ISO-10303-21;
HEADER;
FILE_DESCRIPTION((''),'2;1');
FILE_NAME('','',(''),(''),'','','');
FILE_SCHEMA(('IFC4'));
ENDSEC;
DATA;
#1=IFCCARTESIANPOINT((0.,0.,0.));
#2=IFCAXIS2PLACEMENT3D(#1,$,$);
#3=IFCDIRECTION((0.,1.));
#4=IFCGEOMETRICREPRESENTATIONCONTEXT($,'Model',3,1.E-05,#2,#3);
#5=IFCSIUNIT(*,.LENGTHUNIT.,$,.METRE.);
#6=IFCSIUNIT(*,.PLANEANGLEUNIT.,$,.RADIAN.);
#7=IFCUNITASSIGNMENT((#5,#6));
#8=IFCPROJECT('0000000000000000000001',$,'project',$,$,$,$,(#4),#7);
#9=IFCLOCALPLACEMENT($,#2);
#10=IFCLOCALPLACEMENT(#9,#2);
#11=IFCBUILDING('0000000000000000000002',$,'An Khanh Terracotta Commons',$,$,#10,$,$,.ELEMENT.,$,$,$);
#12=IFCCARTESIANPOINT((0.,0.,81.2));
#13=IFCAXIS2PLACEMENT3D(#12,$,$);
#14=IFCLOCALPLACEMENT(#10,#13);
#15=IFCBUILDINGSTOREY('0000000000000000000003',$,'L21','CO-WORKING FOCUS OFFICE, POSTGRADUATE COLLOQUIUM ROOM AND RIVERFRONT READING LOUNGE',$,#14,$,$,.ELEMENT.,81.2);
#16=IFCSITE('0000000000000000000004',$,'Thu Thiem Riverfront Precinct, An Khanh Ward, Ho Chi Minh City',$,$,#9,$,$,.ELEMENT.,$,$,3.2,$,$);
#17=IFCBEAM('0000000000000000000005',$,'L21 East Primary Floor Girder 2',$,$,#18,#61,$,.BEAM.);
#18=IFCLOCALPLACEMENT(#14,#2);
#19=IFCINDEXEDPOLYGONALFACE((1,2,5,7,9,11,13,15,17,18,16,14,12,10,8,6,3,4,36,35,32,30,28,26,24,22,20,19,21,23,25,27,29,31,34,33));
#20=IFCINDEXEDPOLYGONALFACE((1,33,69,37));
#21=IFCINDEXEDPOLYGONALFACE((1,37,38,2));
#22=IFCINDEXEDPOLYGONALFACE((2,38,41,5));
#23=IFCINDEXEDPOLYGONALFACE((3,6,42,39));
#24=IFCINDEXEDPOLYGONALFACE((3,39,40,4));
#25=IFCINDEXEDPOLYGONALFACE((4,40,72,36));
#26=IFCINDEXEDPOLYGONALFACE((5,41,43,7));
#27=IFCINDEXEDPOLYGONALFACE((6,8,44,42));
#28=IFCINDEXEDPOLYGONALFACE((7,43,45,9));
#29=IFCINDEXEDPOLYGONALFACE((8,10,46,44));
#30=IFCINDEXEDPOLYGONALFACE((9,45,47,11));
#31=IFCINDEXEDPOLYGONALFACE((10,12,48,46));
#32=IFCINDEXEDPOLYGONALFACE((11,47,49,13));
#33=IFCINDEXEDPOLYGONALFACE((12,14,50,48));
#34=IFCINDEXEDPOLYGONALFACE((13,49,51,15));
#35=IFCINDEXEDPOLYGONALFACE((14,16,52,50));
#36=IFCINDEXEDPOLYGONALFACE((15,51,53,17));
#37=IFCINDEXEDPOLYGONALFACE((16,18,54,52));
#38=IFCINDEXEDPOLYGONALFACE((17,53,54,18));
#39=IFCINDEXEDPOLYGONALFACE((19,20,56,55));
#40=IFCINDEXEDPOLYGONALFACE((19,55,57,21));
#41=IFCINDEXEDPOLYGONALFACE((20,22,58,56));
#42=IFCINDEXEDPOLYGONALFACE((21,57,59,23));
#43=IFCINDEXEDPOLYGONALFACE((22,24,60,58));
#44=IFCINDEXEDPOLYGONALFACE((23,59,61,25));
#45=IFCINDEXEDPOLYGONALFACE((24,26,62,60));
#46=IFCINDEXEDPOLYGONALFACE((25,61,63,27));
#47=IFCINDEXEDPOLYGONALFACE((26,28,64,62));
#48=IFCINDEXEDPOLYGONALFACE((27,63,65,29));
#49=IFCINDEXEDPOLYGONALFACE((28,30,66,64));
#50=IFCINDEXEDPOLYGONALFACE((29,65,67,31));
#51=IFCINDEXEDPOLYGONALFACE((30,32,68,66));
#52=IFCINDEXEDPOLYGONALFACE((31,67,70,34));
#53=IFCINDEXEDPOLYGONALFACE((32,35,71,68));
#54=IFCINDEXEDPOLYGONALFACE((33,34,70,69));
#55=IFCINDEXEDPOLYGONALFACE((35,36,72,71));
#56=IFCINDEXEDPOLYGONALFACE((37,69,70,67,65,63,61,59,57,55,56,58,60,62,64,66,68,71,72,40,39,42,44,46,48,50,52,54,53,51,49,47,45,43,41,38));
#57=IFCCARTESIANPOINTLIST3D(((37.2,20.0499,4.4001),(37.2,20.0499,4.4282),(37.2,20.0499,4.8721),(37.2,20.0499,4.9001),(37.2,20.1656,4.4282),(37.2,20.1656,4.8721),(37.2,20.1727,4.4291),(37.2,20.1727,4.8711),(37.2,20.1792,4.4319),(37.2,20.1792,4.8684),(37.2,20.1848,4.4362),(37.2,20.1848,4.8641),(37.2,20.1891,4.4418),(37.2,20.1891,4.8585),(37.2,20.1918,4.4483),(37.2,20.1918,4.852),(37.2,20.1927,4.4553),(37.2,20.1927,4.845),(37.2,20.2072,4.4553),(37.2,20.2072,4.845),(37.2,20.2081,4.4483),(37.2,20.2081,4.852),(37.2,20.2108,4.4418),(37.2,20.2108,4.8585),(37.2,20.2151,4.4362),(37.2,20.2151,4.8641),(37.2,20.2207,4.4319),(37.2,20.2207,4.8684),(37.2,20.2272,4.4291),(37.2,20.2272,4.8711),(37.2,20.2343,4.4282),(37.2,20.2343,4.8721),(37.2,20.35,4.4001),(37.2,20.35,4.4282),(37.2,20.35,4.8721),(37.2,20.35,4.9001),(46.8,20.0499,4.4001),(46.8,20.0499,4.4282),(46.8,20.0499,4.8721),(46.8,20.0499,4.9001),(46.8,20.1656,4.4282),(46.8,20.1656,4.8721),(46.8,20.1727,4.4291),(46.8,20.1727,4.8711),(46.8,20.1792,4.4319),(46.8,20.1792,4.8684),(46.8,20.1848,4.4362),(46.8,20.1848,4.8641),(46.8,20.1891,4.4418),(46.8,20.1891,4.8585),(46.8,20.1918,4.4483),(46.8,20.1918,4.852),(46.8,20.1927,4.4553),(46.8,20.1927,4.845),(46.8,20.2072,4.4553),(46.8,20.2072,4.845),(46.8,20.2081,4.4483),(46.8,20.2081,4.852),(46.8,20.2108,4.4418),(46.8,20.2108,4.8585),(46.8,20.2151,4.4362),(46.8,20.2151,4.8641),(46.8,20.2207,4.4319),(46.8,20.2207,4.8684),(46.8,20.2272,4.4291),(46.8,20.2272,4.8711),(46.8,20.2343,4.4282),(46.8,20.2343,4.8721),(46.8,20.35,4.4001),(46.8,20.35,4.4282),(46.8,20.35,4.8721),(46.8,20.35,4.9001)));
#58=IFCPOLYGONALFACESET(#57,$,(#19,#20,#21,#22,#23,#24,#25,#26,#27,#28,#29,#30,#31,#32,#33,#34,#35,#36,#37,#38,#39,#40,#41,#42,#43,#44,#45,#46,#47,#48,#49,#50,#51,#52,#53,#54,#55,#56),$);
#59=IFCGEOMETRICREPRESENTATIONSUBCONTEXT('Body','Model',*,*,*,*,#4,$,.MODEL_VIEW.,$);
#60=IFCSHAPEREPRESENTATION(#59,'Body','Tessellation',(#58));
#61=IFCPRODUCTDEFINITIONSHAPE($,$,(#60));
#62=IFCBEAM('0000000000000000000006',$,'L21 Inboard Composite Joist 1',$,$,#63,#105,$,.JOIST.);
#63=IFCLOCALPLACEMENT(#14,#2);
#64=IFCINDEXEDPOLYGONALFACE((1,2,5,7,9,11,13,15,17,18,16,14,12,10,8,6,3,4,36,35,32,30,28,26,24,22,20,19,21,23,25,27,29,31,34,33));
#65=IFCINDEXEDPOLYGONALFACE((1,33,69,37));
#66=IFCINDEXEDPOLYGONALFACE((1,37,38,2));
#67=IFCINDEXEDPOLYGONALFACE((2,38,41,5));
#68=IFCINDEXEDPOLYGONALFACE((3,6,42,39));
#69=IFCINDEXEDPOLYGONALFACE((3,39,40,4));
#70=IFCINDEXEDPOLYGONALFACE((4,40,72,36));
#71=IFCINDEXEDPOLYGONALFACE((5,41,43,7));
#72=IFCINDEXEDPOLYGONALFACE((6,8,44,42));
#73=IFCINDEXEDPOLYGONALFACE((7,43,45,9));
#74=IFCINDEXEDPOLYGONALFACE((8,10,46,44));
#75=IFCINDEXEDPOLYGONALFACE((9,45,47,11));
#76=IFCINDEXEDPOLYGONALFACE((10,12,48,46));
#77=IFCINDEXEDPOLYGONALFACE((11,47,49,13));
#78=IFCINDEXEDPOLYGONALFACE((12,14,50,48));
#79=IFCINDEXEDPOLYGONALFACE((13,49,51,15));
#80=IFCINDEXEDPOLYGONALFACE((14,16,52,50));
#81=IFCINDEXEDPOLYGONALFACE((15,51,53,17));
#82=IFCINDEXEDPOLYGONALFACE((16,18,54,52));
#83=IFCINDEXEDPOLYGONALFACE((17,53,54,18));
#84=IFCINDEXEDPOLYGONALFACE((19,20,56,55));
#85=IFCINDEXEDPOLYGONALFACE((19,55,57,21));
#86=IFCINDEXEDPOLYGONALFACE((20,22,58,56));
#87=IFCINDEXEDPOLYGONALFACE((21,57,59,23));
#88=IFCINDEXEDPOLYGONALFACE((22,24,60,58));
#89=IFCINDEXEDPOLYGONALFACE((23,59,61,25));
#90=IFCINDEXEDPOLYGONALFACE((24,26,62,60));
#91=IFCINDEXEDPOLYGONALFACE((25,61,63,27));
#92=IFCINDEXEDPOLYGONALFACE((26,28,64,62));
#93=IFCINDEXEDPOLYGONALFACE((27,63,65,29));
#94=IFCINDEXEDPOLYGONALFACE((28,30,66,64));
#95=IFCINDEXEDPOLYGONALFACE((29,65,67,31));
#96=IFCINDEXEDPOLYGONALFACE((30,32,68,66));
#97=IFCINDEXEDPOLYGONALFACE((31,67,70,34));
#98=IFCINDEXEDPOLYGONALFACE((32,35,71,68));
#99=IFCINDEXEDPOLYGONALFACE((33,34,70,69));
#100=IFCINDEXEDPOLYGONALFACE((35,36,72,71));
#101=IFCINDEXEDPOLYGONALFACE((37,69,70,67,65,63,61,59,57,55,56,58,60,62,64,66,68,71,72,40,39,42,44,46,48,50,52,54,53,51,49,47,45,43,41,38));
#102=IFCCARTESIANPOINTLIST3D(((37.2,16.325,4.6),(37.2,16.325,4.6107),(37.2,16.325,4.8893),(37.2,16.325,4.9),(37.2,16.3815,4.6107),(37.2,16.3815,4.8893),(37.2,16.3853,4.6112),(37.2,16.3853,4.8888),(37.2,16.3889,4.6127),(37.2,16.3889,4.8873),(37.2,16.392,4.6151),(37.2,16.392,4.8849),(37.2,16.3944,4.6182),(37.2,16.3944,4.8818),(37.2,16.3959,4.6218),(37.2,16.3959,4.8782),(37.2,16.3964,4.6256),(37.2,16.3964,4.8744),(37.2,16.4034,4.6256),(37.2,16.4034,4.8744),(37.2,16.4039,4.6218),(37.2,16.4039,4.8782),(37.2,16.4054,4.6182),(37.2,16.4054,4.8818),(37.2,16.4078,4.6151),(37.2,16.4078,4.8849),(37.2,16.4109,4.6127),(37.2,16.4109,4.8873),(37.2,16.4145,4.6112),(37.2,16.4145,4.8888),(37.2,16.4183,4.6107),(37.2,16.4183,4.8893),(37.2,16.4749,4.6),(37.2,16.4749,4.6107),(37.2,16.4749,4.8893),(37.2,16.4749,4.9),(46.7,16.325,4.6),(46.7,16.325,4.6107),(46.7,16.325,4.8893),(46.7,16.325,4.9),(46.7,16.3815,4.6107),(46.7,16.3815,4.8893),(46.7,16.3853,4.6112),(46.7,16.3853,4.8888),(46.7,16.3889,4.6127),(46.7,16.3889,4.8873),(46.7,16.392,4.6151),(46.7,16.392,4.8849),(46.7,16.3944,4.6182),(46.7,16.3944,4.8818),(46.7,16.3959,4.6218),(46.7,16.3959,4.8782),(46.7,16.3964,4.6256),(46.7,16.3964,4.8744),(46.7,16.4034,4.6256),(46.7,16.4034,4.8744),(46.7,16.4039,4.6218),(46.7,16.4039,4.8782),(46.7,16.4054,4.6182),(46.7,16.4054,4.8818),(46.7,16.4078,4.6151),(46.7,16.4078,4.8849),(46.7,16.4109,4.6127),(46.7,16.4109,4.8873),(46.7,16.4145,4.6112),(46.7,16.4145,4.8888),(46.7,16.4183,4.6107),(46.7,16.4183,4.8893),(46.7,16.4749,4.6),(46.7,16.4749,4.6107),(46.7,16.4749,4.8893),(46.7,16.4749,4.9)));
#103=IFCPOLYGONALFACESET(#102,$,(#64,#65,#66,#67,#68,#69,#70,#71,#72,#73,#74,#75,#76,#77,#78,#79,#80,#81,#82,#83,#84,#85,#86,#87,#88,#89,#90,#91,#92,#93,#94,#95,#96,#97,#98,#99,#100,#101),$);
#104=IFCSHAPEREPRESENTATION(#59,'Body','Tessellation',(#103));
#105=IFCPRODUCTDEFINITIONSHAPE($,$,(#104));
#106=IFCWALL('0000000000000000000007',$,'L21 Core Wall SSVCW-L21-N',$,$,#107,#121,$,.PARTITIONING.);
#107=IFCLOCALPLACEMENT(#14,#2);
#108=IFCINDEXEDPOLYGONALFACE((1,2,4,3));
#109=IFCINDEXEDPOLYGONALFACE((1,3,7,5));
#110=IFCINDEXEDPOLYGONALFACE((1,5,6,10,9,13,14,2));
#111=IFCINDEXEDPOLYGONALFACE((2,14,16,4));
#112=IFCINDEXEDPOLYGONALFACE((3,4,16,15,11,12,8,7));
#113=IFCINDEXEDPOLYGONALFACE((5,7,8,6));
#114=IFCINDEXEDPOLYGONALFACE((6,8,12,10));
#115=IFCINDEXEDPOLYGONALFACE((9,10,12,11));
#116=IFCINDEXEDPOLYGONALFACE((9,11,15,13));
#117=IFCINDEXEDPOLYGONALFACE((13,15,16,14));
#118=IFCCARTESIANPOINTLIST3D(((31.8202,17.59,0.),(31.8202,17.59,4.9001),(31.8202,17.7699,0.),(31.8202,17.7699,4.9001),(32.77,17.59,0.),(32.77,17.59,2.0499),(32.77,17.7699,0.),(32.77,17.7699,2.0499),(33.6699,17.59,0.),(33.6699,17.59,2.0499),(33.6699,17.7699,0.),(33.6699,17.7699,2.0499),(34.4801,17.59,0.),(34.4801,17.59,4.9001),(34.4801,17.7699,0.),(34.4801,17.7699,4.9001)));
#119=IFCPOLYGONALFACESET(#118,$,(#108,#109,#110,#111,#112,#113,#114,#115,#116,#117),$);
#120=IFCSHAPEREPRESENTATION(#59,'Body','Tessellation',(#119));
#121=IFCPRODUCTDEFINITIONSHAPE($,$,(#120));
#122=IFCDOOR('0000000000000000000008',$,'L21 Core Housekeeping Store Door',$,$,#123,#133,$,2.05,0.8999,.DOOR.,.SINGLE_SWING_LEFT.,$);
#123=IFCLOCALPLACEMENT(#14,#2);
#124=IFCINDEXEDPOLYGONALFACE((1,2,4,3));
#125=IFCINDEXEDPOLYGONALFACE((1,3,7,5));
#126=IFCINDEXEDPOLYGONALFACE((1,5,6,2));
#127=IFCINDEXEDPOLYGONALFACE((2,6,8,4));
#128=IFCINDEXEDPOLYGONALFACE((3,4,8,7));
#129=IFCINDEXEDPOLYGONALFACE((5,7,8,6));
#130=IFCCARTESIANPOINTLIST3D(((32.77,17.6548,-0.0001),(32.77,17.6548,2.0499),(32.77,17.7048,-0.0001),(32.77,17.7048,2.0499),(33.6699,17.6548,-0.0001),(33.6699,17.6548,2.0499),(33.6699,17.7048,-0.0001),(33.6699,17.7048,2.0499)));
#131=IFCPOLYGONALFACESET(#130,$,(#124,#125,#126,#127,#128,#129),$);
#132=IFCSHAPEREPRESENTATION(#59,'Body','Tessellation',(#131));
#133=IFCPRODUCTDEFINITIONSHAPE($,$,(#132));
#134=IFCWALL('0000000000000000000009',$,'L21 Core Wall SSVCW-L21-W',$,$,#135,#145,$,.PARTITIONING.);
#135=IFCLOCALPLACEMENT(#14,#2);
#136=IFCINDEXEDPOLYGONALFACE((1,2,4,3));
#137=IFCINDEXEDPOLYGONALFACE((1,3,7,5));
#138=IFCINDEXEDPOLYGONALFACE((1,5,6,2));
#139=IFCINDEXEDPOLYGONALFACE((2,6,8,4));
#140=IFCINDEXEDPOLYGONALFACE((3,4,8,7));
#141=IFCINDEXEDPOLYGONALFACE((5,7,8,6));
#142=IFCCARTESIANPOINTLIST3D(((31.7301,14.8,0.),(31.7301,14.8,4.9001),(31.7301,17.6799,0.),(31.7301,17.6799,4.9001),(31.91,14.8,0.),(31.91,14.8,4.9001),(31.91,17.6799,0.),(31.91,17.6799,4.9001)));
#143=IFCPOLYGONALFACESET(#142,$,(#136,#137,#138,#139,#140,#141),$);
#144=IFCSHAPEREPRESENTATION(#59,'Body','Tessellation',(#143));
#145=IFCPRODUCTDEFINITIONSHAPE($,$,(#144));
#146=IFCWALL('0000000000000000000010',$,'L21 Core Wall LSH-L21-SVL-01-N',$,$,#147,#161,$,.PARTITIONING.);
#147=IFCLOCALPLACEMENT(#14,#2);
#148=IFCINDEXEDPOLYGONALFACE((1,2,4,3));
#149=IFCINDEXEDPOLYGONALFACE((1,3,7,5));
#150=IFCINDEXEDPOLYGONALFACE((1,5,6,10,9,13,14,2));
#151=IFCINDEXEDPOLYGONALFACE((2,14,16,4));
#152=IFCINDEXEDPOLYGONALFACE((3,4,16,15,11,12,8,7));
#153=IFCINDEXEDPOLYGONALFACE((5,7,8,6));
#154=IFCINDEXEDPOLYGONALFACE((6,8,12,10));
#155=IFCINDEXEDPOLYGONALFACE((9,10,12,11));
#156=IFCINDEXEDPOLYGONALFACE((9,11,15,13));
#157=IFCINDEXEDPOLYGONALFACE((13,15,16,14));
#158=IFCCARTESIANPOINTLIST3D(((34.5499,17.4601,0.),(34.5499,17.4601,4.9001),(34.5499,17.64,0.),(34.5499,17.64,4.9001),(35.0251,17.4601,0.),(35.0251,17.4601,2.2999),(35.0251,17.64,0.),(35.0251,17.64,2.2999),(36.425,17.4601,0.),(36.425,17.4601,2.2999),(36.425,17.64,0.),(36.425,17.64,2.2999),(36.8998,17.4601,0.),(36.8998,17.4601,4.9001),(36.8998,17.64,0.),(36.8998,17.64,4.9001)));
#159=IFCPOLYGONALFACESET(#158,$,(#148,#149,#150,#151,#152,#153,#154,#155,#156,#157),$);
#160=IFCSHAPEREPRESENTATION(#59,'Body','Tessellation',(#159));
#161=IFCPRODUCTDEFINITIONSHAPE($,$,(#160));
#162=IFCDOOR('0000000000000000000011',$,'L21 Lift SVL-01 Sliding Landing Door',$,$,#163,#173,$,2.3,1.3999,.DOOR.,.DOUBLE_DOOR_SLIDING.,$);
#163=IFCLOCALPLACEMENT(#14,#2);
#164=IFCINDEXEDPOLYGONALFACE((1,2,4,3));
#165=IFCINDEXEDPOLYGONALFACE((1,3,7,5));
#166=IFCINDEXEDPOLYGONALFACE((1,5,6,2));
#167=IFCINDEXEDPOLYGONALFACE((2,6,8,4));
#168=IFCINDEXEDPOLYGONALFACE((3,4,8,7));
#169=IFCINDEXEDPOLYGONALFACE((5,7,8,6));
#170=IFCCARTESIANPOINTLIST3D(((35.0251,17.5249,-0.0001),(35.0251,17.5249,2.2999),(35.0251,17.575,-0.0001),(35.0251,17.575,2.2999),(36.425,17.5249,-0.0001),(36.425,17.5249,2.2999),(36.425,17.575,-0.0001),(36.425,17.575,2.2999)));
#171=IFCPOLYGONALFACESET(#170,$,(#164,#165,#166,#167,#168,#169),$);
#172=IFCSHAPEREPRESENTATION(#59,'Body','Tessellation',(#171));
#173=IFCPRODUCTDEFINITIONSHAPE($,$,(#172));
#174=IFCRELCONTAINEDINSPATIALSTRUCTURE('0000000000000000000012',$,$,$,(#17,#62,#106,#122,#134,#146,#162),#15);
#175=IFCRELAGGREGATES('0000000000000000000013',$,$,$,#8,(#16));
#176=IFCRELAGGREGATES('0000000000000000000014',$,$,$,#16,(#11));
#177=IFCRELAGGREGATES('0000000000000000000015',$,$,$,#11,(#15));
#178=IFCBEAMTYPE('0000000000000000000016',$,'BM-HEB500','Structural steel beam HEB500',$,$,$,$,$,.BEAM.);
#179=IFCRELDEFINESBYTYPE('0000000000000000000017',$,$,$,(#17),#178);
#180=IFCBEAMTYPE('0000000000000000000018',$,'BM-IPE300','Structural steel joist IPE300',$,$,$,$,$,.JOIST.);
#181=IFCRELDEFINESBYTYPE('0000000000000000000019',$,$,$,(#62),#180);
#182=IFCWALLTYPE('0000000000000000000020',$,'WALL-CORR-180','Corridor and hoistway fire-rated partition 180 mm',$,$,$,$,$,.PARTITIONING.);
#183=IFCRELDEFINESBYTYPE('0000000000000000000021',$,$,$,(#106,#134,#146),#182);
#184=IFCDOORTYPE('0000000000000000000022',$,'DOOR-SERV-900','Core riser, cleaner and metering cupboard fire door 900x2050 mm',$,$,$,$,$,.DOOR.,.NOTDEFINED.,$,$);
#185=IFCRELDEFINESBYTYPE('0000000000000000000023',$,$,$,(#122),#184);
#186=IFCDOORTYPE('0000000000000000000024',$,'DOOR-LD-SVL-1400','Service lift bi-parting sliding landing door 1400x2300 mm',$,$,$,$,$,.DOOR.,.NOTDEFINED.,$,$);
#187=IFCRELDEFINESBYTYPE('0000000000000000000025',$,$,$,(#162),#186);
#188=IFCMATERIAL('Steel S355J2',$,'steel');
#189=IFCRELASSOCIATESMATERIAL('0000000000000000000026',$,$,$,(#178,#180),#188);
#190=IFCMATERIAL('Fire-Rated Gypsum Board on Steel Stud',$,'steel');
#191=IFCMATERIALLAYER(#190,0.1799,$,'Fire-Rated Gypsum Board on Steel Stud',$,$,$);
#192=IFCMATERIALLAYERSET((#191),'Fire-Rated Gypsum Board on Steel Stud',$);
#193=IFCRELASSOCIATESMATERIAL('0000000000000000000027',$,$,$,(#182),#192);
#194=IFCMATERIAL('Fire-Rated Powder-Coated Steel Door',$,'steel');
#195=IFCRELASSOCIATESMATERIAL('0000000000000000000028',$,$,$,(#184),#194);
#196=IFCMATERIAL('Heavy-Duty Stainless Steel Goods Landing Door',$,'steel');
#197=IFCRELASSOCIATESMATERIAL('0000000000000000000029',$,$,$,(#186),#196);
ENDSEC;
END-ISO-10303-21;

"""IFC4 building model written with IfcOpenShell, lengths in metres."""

from ifc_helpers import new_model, si_unit, direction, frame, frame_2d, origin, origin_2d, place, context, subcontext, project, spatial, rectangle, i_section, extrude, material, layer, layer_set, material_profile, profile_set, type_object, element, fill, save


model = new_model("IFC4")

# Units and contexts
model_context = context("Model", 3, precision=1e-05, world=origin(), true_north=direction((0.0, 1.0)))
body_context = subcontext(model_context, "Body", "Model", "MODEL_VIEW")
ifc_project = project(units=[si_unit("LENGTHUNIT", "METRE"), si_unit("PLANEANGLEUNIT", "RADIAN")], contexts=[model_context])

# Site, building, storey
site_placement = place(None, origin())
site = spatial("IfcSite", under=ifc_project, at=site_placement, Name="Thu Thiem Riverfront Precinct, An Khanh Ward, Ho Chi Minh City", CompositionType="ELEMENT", RefElevation=3.2)
building_placement = place(site_placement, origin())
building = spatial("IfcBuilding", under=site, at=building_placement, Name="An Khanh Terracotta Commons", CompositionType="ELEMENT")
storey_placement = place(building_placement, frame((0.0, 0.0, 81.2)))
storey = spatial("IfcBuildingStorey", under=building, at=storey_placement, Name="L21", Description="CO-WORKING FOCUS OFFICE, POSTGRADUATE COLLOQUIUM ROOM AND RIVERFRONT READING LOUNGE", CompositionType="ELEMENT", Elevation=81.2)

# Beams
ifc_material_1 = material(Name="Steel S355J2", Category="steel")
ifc_material_profile_1 = material_profile(ifc_material_1, i_section(OverallWidth=0.3, OverallDepth=0.5, WebThickness=0.0144, FlangeThickness=0.0281, FilletRadius=0.0271, at=origin_2d()), Name="HEB500")
ifc_profile_set_1 = profile_set([ifc_material_profile_1], Name="Steel S355J2")
beam_type_1 = type_object("IfcBeamType", Name="BM-HEB500", Description="Structural steel beam HEB500", PredefinedType="BEAM", material=ifc_profile_set_1)
for number, where, z_axis, x_axis, name in (
    (1, (37.2, 20.2, 4.6501), (1.0, 0.0, 0.0), (0.0, 1.0, 0.0), "L21 East Primary Floor Girder 2"),
):
    element("IfcBeam", number, at=place(storey_placement, frame(where, z_axis=z_axis, x_axis=x_axis)), inside=storey, type_object=beam_type_1, Name=name, PredefinedType="BEAM", context=body_context, shape_type="SweptSolid", body=[
        extrude(i_section(OverallWidth=0.3, OverallDepth=0.5, WebThickness=0.0144, FlangeThickness=0.0281, FilletRadius=0.0271, at=origin_2d()), origin(), (0.0, 0.0, 1.0), 9.6001),
    ])
ifc_material_profile_2 = material_profile(ifc_material_1, i_section(OverallWidth=0.1499, OverallDepth=0.3, WebThickness=0.0071, FlangeThickness=0.0107, FilletRadius=0.0149, at=origin_2d()), Name="IPE300")
ifc_profile_set_2 = profile_set([ifc_material_profile_2], Name="Steel S355J2")
beam_type_2 = type_object("IfcBeamType", Name="BM-IPE300", Description="Structural steel joist IPE300", PredefinedType="JOIST", material=ifc_profile_set_2)
beam_1_placement = place(storey_placement, frame((37.2, 16.3999, 4.75), z_axis=(1.0, 0.0, 0.0), x_axis=(0.0, 1.0, 0.0)))
element("IfcBeam", 2, at=beam_1_placement, inside=storey, type_object=beam_type_2, Name="L21 Inboard Composite Joist 1", PredefinedType="JOIST", context=body_context, shape_type="SweptSolid", body=[
    extrude(i_section(OverallWidth=0.1499, OverallDepth=0.3, WebThickness=0.0071, FlangeThickness=0.0107, FilletRadius=0.0149, at=origin_2d()), origin(), (0.0, 0.0, 1.0), 9.5),
])

# Wall, opening, door
ifc_material_2 = material(Name="Fire-Rated Gypsum Board on Steel Stud", Category="steel")
ifc_layer_1 = layer(ifc_material_2, 0.1799, Name="Fire-Rated Gypsum Board on Steel Stud")
ifc_layer_set_1 = layer_set([ifc_layer_1], Name="Fire-Rated Gypsum Board on Steel Stud")
wall_type_1 = type_object("IfcWallType", Name="WALL-CORR-180", Description="Corridor and hoistway fire-rated partition 180 mm", PredefinedType="PARTITIONING", material=ifc_layer_set_1)
wall_1_placement = place(storey_placement, frame((31.8201, 17.6799, 0.0), z_axis=(0.0, 0.0, 1.0), x_axis=(1.0, 0.0, 0.0)))
wall_1 = element("IfcWall", 3, at=wall_1_placement, inside=storey, type_object=wall_type_1, Name="L21 Core Wall SSVCW-L21-N", PredefinedType="PARTITIONING", context=body_context, shape_type="SweptSolid", body=[
    extrude(rectangle(XDim=2.6599, YDim=0.1799, at=frame_2d((1.3301, 0.0))), origin(), (0.0, 0.0, 1.0), 4.9001),
])
opening_1_placement = place(wall_1_placement, frame((0.95, 0.0, 0.0)))
opening_1 = element("IfcOpeningElement", 4, at=opening_1_placement, cuts=wall_1, PredefinedType="OPENING", context=body_context, shape_type="SweptSolid", body=[
    extrude(rectangle(XDim=0.8999, YDim=2.05, at=frame_2d((0.45, 1.0249))), frame((0.0, 0.0999, 0.0), z_axis=(0.0, -1.0, 0.0), x_axis=(1.0, 0.0, 0.0)), (0.0, 0.0, 1.0), 0.2),
])
ifc_material_3 = material(Name="Fire-Rated Powder-Coated Steel Door", Category="steel")
door_type_1 = type_object("IfcDoorType", Name="DOOR-SERV-900", Description="Core riser, cleaner and metering cupboard fire door 900x2050 mm", OperationType="NOTDEFINED", PredefinedType="DOOR", material=ifc_material_3)
door_1_placement = place(opening_1_placement, origin())
door_1 = element("IfcDoor", 5, at=door_1_placement, inside=storey, type_object=door_type_1, Name="L21 Core Housekeeping Store Door", OperationType="SINGLE_SWING_LEFT", OverallHeight=2.05, OverallWidth=0.8999, PredefinedType="DOOR", context=body_context, shape_type="SweptSolid", body=[
    extrude(rectangle(XDim=0.8999, YDim=2.05, at=frame_2d((0.45, 1.0249))), frame((0.0, 0.0249, 0.0), z_axis=(0.0, -1.0, 0.0), x_axis=(1.0, 0.0, 0.0)), (0.0, 0.0, 1.0), 0.05),
])
fill(opening_1, door_1)

# Wall
wall_2_placement = place(storey_placement, frame((31.8201, 14.8, 0.0), z_axis=(0.0, 0.0, 1.0), x_axis=(0.0, 1.0, 0.0)))
element("IfcWall", 6, at=wall_2_placement, inside=storey, type_object=wall_type_1, Name="L21 Core Wall SSVCW-L21-W", PredefinedType="PARTITIONING", context=body_context, shape_type="SweptSolid", body=[
    extrude(rectangle(XDim=2.8799, YDim=0.1799, at=frame_2d((1.4399, 0.0))), origin(), (0.0, 0.0, 1.0), 4.9001),
])

# Wall, opening, door
wall_3_placement = place(storey_placement, frame((34.55, 17.55, 0.0), z_axis=(0.0, 0.0, 1.0), x_axis=(1.0, 0.0, 0.0)))
wall_3 = element("IfcWall", 7, at=wall_3_placement, inside=storey, type_object=wall_type_1, Name="L21 Core Wall LSH-L21-SVL-01-N", PredefinedType="PARTITIONING", context=body_context, shape_type="SweptSolid", body=[
    extrude(rectangle(XDim=2.3499, YDim=0.1799, at=frame_2d((1.1748, 0.0))), origin(), (0.0, 0.0, 1.0), 4.9001),
])
opening_2_placement = place(wall_3_placement, frame((0.4751, 0.0, 0.0)))
opening_2 = element("IfcOpeningElement", 8, at=opening_2_placement, cuts=wall_3, PredefinedType="OPENING", context=body_context, shape_type="SweptSolid", body=[
    extrude(rectangle(XDim=1.3999, YDim=2.3, at=frame_2d((0.7, 1.1499))), frame((0.0, 0.0999, 0.0), z_axis=(0.0, -1.0, 0.0), x_axis=(1.0, 0.0, 0.0)), (0.0, 0.0, 1.0), 0.2),
])
ifc_material_4 = material(Name="Heavy-Duty Stainless Steel Goods Landing Door", Category="steel")
door_type_2 = type_object("IfcDoorType", Name="DOOR-LD-SVL-1400", Description="Service lift bi-parting sliding landing door 1400x2300 mm", OperationType="NOTDEFINED", PredefinedType="DOOR", material=ifc_material_4)
door_2_placement = place(opening_2_placement, origin())
door_2 = element("IfcDoor", 9, at=door_2_placement, inside=storey, type_object=door_type_2, Name="L21 Lift SVL-01 Sliding Landing Door", OperationType="DOUBLE_DOOR_SLIDING", OverallHeight=2.3, OverallWidth=1.3999, PredefinedType="DOOR", context=body_context, shape_type="SweptSolid", body=[
    extrude(rectangle(XDim=1.3999, YDim=2.3, at=frame_2d((0.7, 1.1499))), frame((0.0, 0.0249, 0.0), z_axis=(0.0, -1.0, 0.0), x_axis=(1.0, 0.0, 0.0)), (0.0, 0.0, 1.0), 0.05),
])
fill(opening_2, door_2)

save(model, "model.ifc")
